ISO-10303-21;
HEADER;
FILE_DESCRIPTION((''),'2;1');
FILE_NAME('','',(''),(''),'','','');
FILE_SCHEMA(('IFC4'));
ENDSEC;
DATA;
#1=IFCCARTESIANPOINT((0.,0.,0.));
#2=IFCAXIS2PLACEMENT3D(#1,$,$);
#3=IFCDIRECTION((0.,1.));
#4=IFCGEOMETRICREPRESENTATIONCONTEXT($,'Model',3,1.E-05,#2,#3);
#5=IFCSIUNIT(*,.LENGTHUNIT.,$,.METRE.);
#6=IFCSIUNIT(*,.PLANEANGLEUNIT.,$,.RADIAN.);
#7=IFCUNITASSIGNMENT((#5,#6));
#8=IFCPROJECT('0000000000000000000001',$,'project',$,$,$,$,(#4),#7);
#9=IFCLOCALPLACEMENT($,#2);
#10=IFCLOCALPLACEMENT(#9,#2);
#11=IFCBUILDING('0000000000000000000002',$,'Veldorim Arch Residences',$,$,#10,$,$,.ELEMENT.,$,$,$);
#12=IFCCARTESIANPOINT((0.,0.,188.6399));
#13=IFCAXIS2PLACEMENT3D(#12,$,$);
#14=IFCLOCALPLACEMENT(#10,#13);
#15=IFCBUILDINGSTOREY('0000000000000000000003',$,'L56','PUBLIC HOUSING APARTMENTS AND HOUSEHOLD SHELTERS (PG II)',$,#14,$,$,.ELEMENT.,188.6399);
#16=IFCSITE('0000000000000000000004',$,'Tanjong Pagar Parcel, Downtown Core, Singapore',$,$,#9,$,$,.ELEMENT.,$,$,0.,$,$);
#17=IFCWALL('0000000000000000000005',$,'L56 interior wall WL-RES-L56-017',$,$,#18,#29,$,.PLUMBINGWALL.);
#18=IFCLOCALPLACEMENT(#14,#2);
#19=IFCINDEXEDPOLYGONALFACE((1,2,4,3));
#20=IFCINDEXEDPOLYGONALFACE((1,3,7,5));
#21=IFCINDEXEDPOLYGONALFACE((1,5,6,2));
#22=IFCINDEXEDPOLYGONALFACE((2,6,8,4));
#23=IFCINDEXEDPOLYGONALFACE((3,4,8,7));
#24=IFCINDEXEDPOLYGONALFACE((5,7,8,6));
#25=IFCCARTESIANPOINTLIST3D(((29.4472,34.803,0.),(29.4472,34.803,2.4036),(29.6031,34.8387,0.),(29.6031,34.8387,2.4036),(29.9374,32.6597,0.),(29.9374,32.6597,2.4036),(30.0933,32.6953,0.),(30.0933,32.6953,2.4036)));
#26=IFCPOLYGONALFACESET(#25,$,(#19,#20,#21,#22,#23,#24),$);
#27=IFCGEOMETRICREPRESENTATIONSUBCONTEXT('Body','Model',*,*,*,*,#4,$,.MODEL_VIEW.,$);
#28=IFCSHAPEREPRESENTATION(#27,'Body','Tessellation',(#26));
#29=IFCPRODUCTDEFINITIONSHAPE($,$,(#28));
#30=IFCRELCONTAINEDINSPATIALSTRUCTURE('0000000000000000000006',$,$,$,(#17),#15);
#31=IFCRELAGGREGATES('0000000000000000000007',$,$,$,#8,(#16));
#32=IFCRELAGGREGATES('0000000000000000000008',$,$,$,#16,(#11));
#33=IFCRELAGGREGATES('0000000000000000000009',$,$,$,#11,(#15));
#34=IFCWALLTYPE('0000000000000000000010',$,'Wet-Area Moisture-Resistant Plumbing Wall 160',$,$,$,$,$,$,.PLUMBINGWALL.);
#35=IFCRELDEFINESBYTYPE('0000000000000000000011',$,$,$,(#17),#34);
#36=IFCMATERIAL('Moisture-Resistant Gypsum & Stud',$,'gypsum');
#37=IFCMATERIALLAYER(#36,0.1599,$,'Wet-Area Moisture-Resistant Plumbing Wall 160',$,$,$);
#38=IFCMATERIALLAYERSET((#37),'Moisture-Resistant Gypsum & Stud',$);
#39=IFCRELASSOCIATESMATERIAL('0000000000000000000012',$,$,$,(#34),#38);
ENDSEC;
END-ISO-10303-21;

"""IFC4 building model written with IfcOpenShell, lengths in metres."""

from ifc_helpers import new_model, si_unit, direction, frame, frame_2d, origin, place, context, subcontext, project, spatial, rectangle, extrude, material, layer, layer_set, type_object, element, save


model = new_model("IFC4")

# Units and contexts
model_context = context("Model", 3, precision=1e-05, world=origin(), true_north=direction((0.0, 1.0)))
body_context = subcontext(model_context, "Body", "Model", "MODEL_VIEW")
ifc_project = project(units=[si_unit("LENGTHUNIT", "METRE"), si_unit("PLANEANGLEUNIT", "RADIAN")], contexts=[model_context])

# Site, building, storey
site_placement = place(None, origin())
site = spatial("IfcSite", under=ifc_project, at=site_placement, Name="Tanjong Pagar Parcel, Downtown Core, Singapore", CompositionType="ELEMENT", RefElevation=0.0)
building_placement = place(site_placement, origin())
building = spatial("IfcBuilding", under=site, at=building_placement, Name="Veldorim Arch Residences", CompositionType="ELEMENT")
storey_placement = place(building_placement, frame((0.0, 0.0, 188.6399)))
storey = spatial("IfcBuildingStorey", under=building, at=storey_placement, Name="L56", Description="PUBLIC HOUSING APARTMENTS AND HOUSEHOLD SHELTERS (PG II)", CompositionType="ELEMENT", Elevation=188.6399)

# Shared definitions
ifc_material_1 = material(Name="Moisture-Resistant Gypsum & Stud", Category="gypsum")
ifc_layer_1 = layer(ifc_material_1, 0.1599, Name="Wet-Area Moisture-Resistant Plumbing Wall 160")
ifc_layer_set_1 = layer_set([ifc_layer_1], Name="Moisture-Resistant Gypsum & Stud")
wall_type_1 = type_object("IfcWallType", Name="Wet-Area Moisture-Resistant Plumbing Wall 160", PredefinedType="PLUMBINGWALL", material=ifc_layer_set_1)

# Wall
wall_1_placement = place(storey_placement, frame((30.0154, 32.6775, 0.0), z_axis=(0.0, 0.0, 1.0), x_axis=(-0.22297, 0.974825, 0.0)))
element("IfcWall", 1, at=wall_1_placement, inside=storey, type_object=wall_type_1, Name="L56 interior wall WL-RES-L56-017", PredefinedType="PLUMBINGWALL", context=body_context, shape_type="SweptSolid", body=[
    extrude(rectangle(XDim=2.1987, YDim=0.1599, at=frame_2d((1.0994, 0.0))), origin(), (0.0, 0.0, 1.0), 2.4036),
])

save(model, "model.ifc")
